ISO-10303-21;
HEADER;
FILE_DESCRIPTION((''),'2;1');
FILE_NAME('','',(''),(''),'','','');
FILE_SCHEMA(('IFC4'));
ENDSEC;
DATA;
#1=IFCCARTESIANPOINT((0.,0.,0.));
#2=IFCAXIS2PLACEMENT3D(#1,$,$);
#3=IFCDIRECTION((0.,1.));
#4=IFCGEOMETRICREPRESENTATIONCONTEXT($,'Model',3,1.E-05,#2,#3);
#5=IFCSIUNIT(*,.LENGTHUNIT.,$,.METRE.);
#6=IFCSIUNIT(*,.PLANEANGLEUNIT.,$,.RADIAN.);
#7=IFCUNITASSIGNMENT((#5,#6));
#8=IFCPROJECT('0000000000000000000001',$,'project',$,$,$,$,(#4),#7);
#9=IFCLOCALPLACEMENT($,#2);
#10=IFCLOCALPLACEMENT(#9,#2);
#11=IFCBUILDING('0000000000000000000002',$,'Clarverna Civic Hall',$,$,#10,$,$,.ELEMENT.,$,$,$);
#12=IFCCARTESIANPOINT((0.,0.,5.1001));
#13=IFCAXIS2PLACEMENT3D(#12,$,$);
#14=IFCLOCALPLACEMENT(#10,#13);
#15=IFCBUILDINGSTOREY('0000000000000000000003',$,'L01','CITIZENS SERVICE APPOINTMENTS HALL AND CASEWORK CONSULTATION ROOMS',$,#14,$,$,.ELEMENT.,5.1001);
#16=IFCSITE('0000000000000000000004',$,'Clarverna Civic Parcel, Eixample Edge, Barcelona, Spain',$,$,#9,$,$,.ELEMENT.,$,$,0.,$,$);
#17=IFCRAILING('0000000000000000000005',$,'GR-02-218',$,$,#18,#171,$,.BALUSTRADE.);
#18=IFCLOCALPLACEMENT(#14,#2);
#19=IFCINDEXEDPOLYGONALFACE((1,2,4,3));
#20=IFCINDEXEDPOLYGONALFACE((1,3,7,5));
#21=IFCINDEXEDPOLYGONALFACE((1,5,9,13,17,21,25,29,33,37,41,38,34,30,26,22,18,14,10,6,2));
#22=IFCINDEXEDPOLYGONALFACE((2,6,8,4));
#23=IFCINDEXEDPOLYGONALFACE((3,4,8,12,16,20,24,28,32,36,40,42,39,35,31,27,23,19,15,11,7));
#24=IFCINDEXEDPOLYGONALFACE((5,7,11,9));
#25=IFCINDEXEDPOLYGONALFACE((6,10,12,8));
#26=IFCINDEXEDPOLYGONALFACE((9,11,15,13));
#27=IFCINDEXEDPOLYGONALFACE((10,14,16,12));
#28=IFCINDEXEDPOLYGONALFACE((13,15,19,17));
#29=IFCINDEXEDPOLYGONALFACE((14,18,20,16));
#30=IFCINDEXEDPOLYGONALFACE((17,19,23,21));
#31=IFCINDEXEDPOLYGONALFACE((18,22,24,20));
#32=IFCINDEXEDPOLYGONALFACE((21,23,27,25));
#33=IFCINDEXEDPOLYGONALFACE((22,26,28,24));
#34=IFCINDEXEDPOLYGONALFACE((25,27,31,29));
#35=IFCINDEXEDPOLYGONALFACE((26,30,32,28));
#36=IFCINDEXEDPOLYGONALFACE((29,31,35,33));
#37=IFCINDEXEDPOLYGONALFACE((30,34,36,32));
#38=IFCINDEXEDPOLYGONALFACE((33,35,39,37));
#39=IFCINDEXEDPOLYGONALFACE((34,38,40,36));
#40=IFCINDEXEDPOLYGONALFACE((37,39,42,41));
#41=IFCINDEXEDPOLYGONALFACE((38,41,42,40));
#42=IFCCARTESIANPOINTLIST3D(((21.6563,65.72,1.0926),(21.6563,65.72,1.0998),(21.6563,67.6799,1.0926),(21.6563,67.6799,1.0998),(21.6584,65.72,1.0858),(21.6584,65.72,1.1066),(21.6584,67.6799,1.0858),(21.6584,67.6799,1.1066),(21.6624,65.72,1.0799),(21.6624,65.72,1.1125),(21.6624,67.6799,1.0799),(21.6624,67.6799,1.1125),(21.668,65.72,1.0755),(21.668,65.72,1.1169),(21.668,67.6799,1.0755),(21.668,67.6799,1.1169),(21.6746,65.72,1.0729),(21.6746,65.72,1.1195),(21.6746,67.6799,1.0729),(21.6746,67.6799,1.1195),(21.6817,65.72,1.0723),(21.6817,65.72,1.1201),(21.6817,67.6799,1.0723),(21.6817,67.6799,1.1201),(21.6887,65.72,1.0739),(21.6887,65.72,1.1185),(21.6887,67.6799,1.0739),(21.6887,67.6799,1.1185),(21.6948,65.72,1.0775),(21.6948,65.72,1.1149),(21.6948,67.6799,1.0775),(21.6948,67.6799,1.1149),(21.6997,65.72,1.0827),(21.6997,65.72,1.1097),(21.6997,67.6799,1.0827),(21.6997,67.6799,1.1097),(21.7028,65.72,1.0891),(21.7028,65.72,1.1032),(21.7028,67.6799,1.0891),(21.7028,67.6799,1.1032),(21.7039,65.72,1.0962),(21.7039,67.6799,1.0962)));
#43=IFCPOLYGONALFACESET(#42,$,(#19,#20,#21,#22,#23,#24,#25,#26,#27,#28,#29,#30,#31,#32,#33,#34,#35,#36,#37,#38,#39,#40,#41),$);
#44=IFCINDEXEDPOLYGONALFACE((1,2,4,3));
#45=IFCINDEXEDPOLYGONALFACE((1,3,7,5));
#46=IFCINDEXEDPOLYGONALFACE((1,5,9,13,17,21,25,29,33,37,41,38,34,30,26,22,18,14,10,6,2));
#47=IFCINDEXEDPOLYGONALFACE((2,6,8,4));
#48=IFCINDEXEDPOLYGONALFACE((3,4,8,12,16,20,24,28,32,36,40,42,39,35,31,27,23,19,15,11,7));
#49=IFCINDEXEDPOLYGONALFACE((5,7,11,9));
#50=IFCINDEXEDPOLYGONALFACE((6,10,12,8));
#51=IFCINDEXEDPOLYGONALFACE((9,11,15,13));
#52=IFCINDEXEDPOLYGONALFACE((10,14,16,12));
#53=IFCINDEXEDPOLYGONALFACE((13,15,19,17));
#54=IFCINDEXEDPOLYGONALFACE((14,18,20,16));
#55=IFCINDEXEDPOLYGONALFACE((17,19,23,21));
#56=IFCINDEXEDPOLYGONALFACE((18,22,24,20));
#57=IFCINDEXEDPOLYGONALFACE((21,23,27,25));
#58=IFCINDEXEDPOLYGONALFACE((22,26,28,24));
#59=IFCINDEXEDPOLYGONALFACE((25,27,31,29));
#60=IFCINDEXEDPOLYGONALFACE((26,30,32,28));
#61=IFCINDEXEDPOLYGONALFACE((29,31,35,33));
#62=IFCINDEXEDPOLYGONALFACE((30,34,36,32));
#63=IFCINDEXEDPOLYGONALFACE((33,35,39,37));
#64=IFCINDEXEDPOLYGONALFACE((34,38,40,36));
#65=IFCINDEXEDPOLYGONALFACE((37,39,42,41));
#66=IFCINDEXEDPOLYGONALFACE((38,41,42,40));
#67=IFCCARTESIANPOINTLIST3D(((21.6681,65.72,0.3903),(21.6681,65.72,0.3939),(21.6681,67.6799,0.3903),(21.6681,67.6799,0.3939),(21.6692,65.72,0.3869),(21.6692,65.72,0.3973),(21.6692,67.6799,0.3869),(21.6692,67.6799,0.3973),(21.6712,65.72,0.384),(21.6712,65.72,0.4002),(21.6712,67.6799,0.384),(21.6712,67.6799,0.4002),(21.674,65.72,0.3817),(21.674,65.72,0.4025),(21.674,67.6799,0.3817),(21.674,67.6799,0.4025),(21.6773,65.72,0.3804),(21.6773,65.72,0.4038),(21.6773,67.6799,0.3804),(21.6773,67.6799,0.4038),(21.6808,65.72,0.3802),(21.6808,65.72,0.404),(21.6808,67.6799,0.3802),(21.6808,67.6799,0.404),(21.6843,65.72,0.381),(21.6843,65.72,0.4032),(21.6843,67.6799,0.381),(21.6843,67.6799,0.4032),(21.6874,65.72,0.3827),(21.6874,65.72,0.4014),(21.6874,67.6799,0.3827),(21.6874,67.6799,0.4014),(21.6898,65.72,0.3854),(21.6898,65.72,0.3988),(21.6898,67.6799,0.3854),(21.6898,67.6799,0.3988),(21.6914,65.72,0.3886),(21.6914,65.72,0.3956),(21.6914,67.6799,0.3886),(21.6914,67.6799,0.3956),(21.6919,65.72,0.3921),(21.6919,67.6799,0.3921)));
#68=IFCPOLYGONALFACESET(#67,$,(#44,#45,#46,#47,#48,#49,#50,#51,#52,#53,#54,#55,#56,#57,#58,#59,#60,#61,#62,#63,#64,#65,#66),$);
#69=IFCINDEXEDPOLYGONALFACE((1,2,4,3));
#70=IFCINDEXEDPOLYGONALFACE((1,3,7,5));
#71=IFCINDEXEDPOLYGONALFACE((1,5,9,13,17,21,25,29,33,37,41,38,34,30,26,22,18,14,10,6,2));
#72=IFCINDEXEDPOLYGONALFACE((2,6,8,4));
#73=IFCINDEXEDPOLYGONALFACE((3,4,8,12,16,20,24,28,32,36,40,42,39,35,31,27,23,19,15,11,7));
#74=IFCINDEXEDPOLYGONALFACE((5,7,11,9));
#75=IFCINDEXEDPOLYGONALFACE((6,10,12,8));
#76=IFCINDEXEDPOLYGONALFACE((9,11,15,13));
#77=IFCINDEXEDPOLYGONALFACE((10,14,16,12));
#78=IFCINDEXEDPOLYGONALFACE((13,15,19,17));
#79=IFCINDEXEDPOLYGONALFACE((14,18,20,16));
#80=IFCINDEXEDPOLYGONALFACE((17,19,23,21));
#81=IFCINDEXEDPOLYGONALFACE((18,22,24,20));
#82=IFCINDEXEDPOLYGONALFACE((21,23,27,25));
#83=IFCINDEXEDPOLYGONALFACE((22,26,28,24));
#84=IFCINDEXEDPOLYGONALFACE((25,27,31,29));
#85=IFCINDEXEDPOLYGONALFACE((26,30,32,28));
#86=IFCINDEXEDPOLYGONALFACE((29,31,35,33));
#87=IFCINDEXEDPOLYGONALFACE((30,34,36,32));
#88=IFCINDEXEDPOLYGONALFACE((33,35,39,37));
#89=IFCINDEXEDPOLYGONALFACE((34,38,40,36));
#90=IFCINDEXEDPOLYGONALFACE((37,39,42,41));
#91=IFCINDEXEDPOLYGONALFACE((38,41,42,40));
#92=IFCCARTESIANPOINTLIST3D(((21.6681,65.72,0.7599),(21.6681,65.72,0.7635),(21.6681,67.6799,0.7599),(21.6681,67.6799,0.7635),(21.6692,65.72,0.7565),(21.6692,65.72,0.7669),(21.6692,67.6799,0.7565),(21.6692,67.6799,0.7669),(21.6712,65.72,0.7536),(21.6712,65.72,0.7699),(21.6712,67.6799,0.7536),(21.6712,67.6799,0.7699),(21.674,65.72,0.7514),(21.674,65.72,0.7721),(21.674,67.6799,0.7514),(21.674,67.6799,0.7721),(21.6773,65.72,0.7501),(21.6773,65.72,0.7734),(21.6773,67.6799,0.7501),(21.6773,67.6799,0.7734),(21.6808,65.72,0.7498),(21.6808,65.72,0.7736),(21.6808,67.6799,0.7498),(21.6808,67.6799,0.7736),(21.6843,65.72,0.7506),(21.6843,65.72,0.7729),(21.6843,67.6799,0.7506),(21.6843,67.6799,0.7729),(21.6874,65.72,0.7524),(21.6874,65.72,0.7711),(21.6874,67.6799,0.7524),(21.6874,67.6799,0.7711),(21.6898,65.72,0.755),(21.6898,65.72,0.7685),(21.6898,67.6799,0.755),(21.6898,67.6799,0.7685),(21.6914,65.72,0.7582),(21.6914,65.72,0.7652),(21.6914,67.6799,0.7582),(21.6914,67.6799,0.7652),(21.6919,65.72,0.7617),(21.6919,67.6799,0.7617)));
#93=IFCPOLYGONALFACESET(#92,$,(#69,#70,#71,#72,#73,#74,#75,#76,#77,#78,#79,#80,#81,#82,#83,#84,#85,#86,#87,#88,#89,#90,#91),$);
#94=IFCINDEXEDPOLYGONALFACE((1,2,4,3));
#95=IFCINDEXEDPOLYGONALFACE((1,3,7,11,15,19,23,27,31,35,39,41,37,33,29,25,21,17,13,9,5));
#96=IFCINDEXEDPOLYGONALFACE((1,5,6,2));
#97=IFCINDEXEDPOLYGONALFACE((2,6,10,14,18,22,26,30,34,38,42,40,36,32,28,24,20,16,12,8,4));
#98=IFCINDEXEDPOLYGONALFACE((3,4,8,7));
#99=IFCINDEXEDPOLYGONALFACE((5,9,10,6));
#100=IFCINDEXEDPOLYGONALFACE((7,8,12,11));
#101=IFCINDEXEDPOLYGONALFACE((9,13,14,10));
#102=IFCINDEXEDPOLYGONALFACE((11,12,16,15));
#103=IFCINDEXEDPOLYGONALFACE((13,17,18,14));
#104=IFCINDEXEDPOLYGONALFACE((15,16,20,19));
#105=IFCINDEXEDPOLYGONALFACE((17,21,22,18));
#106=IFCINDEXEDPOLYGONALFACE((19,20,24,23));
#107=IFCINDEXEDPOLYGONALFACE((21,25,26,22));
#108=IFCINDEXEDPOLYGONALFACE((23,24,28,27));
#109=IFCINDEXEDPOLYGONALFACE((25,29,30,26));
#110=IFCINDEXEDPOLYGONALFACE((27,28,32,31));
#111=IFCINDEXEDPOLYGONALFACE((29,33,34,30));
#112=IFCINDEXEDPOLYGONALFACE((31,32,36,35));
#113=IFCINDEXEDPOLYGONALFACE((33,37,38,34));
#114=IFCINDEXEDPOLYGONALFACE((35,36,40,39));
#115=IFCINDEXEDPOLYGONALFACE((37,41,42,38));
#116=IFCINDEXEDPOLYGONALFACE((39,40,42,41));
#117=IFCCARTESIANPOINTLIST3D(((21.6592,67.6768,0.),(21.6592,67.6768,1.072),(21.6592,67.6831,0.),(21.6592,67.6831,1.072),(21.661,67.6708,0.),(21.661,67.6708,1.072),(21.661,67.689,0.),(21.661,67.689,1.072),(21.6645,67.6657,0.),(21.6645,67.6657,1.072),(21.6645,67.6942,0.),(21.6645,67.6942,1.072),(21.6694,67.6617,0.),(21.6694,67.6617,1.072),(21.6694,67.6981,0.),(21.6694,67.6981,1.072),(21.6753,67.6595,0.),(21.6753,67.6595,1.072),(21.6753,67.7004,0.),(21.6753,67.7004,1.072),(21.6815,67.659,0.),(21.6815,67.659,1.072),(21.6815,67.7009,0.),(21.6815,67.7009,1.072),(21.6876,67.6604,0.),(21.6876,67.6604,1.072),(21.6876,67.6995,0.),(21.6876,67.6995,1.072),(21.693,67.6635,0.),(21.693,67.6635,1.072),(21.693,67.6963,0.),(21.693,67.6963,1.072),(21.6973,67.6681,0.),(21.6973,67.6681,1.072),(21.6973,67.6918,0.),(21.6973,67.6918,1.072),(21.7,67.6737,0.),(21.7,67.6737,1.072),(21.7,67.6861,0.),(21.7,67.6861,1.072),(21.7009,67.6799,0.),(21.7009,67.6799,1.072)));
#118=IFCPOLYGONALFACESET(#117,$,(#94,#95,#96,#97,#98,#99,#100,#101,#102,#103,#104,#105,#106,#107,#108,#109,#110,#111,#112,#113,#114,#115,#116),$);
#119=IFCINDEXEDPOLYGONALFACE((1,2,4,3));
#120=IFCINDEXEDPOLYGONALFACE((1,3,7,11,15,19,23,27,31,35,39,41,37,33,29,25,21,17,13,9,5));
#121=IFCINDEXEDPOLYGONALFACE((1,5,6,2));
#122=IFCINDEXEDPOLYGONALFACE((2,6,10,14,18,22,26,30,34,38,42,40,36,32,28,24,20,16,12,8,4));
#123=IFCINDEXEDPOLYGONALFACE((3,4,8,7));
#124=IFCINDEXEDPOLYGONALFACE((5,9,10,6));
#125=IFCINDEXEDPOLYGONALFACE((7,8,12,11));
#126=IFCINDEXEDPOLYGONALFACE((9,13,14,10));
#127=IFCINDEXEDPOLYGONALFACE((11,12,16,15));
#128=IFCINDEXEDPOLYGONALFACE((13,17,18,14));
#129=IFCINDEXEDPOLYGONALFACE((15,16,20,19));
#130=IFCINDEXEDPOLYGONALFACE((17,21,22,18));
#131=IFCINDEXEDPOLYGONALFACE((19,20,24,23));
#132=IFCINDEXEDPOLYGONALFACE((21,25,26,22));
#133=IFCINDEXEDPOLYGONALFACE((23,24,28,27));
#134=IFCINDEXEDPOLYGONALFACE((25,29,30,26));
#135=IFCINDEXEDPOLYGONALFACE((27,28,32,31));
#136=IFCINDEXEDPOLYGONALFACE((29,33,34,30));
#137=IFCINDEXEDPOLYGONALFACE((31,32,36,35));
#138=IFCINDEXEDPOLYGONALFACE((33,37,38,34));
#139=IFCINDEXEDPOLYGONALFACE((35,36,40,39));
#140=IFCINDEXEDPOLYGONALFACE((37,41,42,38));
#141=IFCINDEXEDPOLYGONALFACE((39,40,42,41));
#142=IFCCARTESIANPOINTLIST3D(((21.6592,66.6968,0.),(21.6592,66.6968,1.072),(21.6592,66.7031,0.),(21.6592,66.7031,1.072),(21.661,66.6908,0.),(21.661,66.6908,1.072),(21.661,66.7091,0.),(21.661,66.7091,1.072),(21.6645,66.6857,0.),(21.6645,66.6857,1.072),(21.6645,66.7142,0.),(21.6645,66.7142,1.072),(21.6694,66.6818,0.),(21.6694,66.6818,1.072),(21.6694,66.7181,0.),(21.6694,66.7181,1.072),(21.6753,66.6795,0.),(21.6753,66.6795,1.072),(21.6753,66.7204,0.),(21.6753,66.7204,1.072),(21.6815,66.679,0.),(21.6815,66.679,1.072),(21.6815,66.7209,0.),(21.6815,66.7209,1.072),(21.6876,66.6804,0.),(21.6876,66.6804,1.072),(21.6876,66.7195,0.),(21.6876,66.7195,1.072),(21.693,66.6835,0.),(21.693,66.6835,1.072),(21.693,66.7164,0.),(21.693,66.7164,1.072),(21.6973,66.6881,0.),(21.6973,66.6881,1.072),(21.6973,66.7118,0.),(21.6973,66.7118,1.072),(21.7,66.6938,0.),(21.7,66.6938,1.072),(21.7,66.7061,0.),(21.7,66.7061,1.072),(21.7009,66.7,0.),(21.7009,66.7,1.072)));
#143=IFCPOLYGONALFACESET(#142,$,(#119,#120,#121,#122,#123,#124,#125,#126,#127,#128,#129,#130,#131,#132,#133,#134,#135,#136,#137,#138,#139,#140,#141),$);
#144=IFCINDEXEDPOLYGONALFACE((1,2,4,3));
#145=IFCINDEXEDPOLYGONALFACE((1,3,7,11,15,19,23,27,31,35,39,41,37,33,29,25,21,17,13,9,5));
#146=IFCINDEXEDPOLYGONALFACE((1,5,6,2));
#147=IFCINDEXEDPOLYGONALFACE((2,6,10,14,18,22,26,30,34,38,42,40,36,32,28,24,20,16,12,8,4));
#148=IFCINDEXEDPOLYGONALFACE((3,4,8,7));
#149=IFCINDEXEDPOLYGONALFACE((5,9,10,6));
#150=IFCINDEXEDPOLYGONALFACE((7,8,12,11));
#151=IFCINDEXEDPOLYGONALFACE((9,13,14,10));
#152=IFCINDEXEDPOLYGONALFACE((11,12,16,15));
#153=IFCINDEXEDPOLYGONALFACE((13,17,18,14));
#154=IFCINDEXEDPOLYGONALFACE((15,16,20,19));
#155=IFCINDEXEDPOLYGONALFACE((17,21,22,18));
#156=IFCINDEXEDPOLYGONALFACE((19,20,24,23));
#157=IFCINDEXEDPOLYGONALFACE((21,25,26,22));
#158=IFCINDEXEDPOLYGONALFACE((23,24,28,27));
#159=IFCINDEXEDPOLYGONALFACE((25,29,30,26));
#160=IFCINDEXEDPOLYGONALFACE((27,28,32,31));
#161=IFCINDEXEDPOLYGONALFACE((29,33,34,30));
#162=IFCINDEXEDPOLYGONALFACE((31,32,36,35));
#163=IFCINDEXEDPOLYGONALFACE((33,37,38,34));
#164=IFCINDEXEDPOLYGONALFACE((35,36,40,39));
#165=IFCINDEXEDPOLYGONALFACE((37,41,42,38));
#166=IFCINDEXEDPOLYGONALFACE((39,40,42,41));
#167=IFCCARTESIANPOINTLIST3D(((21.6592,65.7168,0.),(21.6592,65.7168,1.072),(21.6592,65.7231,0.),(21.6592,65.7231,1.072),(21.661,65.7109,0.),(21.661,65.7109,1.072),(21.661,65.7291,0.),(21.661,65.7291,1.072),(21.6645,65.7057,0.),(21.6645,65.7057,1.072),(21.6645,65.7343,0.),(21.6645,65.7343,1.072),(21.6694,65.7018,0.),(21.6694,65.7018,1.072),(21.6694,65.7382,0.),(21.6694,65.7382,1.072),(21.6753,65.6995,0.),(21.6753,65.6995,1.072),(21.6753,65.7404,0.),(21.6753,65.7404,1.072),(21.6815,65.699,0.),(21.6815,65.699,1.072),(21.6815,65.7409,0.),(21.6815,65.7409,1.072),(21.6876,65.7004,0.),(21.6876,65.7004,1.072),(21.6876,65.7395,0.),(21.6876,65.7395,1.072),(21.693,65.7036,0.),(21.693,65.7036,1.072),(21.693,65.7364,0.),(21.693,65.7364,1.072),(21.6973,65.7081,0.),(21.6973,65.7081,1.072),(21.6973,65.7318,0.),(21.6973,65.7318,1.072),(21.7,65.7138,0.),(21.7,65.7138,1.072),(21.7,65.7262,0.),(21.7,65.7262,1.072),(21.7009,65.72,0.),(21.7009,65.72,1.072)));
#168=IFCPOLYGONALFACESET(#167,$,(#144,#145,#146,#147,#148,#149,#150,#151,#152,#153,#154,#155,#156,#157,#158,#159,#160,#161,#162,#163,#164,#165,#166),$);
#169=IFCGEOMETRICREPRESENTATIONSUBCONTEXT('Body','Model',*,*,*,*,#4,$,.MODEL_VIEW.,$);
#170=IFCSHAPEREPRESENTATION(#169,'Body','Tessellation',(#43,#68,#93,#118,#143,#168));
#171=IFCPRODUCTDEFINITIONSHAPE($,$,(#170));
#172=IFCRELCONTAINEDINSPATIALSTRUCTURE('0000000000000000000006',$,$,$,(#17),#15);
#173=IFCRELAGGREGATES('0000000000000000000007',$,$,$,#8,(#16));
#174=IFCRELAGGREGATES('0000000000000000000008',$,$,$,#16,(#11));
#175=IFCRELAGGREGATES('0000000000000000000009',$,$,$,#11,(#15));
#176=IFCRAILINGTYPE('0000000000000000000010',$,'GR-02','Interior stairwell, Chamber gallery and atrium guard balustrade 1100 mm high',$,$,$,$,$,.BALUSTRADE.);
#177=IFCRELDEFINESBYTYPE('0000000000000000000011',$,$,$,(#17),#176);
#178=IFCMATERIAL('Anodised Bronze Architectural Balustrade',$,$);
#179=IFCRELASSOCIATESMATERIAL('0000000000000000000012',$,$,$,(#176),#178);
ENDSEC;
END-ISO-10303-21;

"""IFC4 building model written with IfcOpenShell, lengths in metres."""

from ifc_helpers import new_model, si_unit, direction, frame, origin, origin_2d, place, context, subcontext, project, spatial, circle, extrude, material, type_object, element, save


model = new_model("IFC4")

# Units and contexts
model_context = context("Model", 3, precision=1e-05, world=origin(), true_north=direction((0.0, 1.0)))
body_context = subcontext(model_context, "Body", "Model", "MODEL_VIEW")
ifc_project = project(units=[si_unit("LENGTHUNIT", "METRE"), si_unit("PLANEANGLEUNIT", "RADIAN")], contexts=[model_context])

# Site, building, storey
site_placement = place(None, origin())
site = spatial("IfcSite", under=ifc_project, at=site_placement, Name="Clarverna Civic Parcel, Eixample Edge, Barcelona, Spain", CompositionType="ELEMENT", RefElevation=0.0)
building_placement = place(site_placement, origin())
building = spatial("IfcBuilding", under=site, at=building_placement, Name="Clarverna Civic Hall", CompositionType="ELEMENT")
storey_placement = place(building_placement, frame((0.0, 0.0, 5.1001)))
storey = spatial("IfcBuildingStorey", under=building, at=storey_placement, Name="L01", Description="CITIZENS SERVICE APPOINTMENTS HALL AND CASEWORK CONSULTATION ROOMS", CompositionType="ELEMENT", Elevation=5.1001)

# Railing
ifc_material_1 = material(Name="Anodised Bronze Architectural Balustrade")
railing_type = type_object("IfcRailingType", Name="GR-02", Description="Interior stairwell, Chamber gallery and atrium guard balustrade 1100 mm high", PredefinedType="BALUSTRADE", material=ifc_material_1)
railing_1_placement = place(storey_placement, frame((21.6799, 67.6799, 0.0)))
element("IfcRailing", 1, at=railing_1_placement, inside=storey, type_object=railing_type, Name="GR-02-218", PredefinedType="BALUSTRADE", context=body_context, shape_type="SweptSolid", body=[
    extrude(circle(Radius=0.0239, at=origin_2d()), frame((0.0, 0.0, 1.0962), z_axis=(0.0, -1.0, 0.0), x_axis=(1.0, 0.0, 0.0)), (0.0, 0.0, 1.0), 1.96),
    extrude(circle(Radius=0.012, at=origin_2d()), frame((0.0, 0.0, 0.3921), z_axis=(0.0, -1.0, 0.0), x_axis=(1.0, 0.0, 0.0)), (0.0, 0.0, 1.0), 1.96),
    extrude(circle(Radius=0.012, at=origin_2d()), frame((0.0, 0.0, 0.7617), z_axis=(0.0, -1.0, 0.0), x_axis=(1.0, 0.0, 0.0)), (0.0, 0.0, 1.0), 1.96),
    extrude(circle(Radius=0.021, at=origin_2d()), origin(), (0.0, 0.0, 1.0), 1.072),
    extrude(circle(Radius=0.021, at=origin_2d()), frame((0.0, -0.98, 0.0)), (0.0, 0.0, 1.0), 1.072),
    extrude(circle(Radius=0.021, at=origin_2d()), frame((0.0, -1.96, 0.0)), (0.0, 0.0, 1.0), 1.072),
])

save(model, "model.ifc")
